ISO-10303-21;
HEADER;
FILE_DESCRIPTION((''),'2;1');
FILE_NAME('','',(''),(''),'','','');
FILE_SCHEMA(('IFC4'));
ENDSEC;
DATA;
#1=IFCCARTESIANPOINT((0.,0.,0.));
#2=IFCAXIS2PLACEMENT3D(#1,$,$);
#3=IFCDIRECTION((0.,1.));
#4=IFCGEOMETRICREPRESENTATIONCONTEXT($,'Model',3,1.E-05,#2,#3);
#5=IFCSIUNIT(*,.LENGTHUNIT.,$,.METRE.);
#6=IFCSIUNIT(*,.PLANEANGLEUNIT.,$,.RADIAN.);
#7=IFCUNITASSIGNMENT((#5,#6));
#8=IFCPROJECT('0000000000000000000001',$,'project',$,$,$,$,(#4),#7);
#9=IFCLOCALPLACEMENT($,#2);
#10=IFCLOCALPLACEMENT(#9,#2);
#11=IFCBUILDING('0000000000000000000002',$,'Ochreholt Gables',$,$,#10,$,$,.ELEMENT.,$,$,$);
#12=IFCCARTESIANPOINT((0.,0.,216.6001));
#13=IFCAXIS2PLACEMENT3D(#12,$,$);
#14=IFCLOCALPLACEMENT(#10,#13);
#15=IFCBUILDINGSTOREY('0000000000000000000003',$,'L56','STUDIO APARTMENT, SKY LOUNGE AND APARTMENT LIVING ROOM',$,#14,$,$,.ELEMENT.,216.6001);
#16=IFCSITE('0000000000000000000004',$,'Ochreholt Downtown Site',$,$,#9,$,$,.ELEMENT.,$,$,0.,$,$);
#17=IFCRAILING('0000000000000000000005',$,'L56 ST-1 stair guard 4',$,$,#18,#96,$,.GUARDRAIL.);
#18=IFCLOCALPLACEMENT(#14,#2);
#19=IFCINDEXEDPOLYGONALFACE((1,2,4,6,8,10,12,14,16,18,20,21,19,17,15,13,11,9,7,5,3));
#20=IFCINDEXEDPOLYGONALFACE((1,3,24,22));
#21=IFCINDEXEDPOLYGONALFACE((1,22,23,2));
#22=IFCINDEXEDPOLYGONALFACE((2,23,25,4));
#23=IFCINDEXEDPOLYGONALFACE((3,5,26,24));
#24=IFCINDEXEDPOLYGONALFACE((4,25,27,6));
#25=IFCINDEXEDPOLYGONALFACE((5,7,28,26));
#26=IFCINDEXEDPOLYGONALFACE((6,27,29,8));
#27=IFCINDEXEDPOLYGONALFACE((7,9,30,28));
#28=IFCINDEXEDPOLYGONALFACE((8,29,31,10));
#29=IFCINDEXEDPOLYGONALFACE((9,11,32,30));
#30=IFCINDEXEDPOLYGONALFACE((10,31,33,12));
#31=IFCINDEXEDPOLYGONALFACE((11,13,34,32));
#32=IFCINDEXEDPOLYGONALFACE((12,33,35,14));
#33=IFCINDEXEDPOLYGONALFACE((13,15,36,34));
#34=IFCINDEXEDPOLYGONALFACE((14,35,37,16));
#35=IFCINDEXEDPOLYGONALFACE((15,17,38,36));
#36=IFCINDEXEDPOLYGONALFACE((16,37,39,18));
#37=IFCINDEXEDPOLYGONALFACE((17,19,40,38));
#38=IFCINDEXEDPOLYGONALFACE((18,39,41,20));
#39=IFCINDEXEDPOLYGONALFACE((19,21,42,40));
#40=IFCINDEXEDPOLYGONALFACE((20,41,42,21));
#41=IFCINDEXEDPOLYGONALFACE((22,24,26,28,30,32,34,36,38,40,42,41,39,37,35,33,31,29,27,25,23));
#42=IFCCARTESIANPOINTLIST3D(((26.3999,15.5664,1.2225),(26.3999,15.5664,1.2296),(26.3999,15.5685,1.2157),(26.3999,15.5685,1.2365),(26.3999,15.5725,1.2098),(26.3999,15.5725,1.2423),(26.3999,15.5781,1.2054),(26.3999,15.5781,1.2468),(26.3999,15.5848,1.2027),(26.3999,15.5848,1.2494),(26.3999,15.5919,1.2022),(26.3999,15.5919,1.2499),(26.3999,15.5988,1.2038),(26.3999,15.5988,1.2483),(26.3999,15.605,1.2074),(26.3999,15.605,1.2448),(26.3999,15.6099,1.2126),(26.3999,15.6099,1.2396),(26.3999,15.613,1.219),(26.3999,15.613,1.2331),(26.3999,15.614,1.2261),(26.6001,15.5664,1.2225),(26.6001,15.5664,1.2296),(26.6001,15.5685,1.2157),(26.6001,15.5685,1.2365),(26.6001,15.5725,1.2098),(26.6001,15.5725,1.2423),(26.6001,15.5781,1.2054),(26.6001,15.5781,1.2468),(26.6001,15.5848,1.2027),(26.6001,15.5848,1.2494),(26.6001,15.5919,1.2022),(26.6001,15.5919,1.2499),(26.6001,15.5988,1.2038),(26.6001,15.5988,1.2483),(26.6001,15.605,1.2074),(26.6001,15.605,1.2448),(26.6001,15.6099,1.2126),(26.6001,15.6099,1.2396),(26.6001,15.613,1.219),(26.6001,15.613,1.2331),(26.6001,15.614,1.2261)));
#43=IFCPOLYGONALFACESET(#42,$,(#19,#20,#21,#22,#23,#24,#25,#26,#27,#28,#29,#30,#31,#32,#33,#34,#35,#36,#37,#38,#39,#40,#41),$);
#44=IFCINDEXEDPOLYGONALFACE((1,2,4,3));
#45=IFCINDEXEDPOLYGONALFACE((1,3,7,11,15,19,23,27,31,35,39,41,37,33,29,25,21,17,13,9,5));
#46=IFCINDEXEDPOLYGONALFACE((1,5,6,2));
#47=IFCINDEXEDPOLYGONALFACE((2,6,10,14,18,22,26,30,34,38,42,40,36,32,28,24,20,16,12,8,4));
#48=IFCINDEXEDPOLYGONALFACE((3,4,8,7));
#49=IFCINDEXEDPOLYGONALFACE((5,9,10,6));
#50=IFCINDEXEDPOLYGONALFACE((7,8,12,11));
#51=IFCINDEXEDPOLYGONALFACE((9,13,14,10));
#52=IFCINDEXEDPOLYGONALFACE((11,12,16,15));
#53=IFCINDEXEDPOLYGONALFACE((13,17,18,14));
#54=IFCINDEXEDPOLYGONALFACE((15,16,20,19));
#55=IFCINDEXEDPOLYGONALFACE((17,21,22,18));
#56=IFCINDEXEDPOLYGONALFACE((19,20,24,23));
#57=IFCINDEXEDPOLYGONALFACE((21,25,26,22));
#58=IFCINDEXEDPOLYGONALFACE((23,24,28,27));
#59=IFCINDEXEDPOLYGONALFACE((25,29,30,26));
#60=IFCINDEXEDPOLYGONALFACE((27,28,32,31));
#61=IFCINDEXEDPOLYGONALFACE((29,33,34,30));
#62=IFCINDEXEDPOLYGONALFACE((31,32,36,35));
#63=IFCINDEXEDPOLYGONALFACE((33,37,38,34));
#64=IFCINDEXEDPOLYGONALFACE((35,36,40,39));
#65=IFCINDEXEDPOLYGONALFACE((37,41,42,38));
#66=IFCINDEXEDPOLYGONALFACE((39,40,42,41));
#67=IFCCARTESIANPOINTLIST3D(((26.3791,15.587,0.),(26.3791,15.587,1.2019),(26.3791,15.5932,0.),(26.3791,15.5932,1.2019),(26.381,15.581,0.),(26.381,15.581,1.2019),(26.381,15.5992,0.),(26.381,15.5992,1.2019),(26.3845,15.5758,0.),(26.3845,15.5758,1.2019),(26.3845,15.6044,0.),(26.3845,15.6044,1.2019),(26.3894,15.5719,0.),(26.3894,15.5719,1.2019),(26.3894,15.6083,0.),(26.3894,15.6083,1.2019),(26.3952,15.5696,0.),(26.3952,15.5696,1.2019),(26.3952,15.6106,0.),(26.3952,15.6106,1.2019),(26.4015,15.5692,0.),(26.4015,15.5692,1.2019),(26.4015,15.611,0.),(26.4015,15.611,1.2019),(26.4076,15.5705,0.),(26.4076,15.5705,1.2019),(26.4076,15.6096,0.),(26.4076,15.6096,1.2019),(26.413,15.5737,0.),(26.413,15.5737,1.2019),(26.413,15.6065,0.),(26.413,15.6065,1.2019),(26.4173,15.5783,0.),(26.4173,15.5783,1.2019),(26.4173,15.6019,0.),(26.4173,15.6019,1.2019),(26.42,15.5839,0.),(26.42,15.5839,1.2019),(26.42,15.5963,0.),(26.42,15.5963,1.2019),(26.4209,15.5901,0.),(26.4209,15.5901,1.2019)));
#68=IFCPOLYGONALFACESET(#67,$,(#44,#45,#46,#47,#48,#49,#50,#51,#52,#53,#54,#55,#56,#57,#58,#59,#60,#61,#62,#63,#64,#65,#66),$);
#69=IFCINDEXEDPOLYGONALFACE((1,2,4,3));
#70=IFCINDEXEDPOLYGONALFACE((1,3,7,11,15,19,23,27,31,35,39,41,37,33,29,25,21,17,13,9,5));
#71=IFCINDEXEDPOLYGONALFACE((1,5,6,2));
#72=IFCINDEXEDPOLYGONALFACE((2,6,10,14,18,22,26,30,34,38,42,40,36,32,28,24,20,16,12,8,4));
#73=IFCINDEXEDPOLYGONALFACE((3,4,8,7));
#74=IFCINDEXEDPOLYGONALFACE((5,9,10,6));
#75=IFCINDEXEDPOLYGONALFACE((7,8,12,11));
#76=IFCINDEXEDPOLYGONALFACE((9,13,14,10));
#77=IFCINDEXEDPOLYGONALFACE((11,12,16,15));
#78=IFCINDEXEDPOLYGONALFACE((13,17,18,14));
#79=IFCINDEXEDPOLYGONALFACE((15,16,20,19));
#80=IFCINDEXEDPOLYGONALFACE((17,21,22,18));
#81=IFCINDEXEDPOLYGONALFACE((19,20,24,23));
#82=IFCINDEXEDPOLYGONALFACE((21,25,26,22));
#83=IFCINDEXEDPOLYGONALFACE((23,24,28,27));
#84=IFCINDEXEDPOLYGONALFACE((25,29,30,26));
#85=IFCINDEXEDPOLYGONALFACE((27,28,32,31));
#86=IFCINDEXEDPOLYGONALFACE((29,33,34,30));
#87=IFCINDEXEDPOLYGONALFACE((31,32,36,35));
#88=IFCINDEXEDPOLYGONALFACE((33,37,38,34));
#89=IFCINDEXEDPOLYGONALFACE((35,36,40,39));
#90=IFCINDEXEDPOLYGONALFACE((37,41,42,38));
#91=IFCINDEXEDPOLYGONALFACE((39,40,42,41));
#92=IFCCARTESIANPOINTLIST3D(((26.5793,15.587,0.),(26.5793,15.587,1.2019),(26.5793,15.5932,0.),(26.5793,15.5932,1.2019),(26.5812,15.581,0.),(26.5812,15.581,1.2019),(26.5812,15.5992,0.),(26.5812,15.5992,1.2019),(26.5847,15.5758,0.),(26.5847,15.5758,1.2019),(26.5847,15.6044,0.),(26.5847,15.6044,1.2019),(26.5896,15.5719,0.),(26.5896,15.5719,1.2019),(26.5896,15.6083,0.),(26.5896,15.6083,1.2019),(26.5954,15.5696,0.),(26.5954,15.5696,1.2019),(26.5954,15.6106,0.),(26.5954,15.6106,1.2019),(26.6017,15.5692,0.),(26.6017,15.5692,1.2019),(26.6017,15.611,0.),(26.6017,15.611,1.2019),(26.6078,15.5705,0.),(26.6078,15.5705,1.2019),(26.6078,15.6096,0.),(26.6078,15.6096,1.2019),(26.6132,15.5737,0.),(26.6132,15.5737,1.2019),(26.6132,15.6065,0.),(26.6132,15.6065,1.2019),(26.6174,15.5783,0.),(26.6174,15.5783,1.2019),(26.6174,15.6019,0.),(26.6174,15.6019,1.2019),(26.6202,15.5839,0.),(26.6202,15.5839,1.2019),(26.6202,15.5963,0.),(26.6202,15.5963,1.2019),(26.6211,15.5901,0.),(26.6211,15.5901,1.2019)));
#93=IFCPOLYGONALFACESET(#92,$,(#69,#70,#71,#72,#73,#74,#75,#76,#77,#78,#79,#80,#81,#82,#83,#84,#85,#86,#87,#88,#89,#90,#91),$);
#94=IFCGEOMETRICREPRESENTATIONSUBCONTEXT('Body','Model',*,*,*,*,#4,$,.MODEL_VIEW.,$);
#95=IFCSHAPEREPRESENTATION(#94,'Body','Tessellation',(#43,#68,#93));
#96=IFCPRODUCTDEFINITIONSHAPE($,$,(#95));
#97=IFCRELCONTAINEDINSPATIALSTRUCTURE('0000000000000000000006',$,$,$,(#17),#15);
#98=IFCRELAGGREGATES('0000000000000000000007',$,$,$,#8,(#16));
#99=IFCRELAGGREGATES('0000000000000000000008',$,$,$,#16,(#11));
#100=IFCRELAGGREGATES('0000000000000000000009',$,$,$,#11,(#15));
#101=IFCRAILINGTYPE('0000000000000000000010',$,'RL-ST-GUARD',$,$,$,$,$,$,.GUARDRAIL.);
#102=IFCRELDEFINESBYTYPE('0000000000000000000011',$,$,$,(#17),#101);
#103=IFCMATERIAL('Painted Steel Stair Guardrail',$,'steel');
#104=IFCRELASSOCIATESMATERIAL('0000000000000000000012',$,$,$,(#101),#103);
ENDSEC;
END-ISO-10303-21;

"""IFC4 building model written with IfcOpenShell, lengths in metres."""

from ifc_helpers import new_model, si_unit, direction, frame, origin, origin_2d, place, context, subcontext, project, spatial, circle, extrude, material, type_object, element, save


model = new_model("IFC4")

# Units and contexts
model_context = context("Model", 3, precision=1e-05, world=origin(), true_north=direction((0.0, 1.0)))
body_context = subcontext(model_context, "Body", "Model", "MODEL_VIEW")
ifc_project = project(units=[si_unit("LENGTHUNIT", "METRE"), si_unit("PLANEANGLEUNIT", "RADIAN")], contexts=[model_context])

# Site, building, storey
site_placement = place(None, origin())
site = spatial("IfcSite", under=ifc_project, at=site_placement, Name="Ochreholt Downtown Site", CompositionType="ELEMENT", RefElevation=0.0)
building_placement = place(site_placement, origin())
building = spatial("IfcBuilding", under=site, at=building_placement, Name="Ochreholt Gables", CompositionType="ELEMENT")
storey_placement = place(building_placement, frame((0.0, 0.0, 216.6001)))
storey = spatial("IfcBuildingStorey", under=building, at=storey_placement, Name="L56", Description="STUDIO APARTMENT, SKY LOUNGE AND APARTMENT LIVING ROOM", CompositionType="ELEMENT", Elevation=216.6001)

# Railing
ifc_material_1 = material(Name="Painted Steel Stair Guardrail", Category="steel")
railing_type = type_object("IfcRailingType", Name="RL-ST-GUARD", PredefinedType="GUARDRAIL", material=ifc_material_1)
railing_1_placement = place(storey_placement, frame((26.3999, 15.5901, 0.0)))
element("IfcRailing", 1, at=railing_1_placement, inside=storey, type_object=railing_type, Name="L56 ST-1 stair guard 4", PredefinedType="GUARDRAIL", context=body_context, shape_type="SweptSolid", body=[
    extrude(circle(Radius=0.0239, at=origin_2d()), frame((0.0, 0.0, 1.2261), z_axis=(1.0, 0.0, 0.0), x_axis=(0.0, 1.0, 0.0)), (0.0, 0.0, 1.0), 0.2002),
    extrude(circle(Radius=0.021, at=origin_2d()), origin(), (0.0, 0.0, 1.0), 1.2019),
    extrude(circle(Radius=0.021, at=origin_2d()), frame((0.2002, 0.0, 0.0)), (0.0, 0.0, 1.0), 1.2019),
])

save(model, "model.ifc")
